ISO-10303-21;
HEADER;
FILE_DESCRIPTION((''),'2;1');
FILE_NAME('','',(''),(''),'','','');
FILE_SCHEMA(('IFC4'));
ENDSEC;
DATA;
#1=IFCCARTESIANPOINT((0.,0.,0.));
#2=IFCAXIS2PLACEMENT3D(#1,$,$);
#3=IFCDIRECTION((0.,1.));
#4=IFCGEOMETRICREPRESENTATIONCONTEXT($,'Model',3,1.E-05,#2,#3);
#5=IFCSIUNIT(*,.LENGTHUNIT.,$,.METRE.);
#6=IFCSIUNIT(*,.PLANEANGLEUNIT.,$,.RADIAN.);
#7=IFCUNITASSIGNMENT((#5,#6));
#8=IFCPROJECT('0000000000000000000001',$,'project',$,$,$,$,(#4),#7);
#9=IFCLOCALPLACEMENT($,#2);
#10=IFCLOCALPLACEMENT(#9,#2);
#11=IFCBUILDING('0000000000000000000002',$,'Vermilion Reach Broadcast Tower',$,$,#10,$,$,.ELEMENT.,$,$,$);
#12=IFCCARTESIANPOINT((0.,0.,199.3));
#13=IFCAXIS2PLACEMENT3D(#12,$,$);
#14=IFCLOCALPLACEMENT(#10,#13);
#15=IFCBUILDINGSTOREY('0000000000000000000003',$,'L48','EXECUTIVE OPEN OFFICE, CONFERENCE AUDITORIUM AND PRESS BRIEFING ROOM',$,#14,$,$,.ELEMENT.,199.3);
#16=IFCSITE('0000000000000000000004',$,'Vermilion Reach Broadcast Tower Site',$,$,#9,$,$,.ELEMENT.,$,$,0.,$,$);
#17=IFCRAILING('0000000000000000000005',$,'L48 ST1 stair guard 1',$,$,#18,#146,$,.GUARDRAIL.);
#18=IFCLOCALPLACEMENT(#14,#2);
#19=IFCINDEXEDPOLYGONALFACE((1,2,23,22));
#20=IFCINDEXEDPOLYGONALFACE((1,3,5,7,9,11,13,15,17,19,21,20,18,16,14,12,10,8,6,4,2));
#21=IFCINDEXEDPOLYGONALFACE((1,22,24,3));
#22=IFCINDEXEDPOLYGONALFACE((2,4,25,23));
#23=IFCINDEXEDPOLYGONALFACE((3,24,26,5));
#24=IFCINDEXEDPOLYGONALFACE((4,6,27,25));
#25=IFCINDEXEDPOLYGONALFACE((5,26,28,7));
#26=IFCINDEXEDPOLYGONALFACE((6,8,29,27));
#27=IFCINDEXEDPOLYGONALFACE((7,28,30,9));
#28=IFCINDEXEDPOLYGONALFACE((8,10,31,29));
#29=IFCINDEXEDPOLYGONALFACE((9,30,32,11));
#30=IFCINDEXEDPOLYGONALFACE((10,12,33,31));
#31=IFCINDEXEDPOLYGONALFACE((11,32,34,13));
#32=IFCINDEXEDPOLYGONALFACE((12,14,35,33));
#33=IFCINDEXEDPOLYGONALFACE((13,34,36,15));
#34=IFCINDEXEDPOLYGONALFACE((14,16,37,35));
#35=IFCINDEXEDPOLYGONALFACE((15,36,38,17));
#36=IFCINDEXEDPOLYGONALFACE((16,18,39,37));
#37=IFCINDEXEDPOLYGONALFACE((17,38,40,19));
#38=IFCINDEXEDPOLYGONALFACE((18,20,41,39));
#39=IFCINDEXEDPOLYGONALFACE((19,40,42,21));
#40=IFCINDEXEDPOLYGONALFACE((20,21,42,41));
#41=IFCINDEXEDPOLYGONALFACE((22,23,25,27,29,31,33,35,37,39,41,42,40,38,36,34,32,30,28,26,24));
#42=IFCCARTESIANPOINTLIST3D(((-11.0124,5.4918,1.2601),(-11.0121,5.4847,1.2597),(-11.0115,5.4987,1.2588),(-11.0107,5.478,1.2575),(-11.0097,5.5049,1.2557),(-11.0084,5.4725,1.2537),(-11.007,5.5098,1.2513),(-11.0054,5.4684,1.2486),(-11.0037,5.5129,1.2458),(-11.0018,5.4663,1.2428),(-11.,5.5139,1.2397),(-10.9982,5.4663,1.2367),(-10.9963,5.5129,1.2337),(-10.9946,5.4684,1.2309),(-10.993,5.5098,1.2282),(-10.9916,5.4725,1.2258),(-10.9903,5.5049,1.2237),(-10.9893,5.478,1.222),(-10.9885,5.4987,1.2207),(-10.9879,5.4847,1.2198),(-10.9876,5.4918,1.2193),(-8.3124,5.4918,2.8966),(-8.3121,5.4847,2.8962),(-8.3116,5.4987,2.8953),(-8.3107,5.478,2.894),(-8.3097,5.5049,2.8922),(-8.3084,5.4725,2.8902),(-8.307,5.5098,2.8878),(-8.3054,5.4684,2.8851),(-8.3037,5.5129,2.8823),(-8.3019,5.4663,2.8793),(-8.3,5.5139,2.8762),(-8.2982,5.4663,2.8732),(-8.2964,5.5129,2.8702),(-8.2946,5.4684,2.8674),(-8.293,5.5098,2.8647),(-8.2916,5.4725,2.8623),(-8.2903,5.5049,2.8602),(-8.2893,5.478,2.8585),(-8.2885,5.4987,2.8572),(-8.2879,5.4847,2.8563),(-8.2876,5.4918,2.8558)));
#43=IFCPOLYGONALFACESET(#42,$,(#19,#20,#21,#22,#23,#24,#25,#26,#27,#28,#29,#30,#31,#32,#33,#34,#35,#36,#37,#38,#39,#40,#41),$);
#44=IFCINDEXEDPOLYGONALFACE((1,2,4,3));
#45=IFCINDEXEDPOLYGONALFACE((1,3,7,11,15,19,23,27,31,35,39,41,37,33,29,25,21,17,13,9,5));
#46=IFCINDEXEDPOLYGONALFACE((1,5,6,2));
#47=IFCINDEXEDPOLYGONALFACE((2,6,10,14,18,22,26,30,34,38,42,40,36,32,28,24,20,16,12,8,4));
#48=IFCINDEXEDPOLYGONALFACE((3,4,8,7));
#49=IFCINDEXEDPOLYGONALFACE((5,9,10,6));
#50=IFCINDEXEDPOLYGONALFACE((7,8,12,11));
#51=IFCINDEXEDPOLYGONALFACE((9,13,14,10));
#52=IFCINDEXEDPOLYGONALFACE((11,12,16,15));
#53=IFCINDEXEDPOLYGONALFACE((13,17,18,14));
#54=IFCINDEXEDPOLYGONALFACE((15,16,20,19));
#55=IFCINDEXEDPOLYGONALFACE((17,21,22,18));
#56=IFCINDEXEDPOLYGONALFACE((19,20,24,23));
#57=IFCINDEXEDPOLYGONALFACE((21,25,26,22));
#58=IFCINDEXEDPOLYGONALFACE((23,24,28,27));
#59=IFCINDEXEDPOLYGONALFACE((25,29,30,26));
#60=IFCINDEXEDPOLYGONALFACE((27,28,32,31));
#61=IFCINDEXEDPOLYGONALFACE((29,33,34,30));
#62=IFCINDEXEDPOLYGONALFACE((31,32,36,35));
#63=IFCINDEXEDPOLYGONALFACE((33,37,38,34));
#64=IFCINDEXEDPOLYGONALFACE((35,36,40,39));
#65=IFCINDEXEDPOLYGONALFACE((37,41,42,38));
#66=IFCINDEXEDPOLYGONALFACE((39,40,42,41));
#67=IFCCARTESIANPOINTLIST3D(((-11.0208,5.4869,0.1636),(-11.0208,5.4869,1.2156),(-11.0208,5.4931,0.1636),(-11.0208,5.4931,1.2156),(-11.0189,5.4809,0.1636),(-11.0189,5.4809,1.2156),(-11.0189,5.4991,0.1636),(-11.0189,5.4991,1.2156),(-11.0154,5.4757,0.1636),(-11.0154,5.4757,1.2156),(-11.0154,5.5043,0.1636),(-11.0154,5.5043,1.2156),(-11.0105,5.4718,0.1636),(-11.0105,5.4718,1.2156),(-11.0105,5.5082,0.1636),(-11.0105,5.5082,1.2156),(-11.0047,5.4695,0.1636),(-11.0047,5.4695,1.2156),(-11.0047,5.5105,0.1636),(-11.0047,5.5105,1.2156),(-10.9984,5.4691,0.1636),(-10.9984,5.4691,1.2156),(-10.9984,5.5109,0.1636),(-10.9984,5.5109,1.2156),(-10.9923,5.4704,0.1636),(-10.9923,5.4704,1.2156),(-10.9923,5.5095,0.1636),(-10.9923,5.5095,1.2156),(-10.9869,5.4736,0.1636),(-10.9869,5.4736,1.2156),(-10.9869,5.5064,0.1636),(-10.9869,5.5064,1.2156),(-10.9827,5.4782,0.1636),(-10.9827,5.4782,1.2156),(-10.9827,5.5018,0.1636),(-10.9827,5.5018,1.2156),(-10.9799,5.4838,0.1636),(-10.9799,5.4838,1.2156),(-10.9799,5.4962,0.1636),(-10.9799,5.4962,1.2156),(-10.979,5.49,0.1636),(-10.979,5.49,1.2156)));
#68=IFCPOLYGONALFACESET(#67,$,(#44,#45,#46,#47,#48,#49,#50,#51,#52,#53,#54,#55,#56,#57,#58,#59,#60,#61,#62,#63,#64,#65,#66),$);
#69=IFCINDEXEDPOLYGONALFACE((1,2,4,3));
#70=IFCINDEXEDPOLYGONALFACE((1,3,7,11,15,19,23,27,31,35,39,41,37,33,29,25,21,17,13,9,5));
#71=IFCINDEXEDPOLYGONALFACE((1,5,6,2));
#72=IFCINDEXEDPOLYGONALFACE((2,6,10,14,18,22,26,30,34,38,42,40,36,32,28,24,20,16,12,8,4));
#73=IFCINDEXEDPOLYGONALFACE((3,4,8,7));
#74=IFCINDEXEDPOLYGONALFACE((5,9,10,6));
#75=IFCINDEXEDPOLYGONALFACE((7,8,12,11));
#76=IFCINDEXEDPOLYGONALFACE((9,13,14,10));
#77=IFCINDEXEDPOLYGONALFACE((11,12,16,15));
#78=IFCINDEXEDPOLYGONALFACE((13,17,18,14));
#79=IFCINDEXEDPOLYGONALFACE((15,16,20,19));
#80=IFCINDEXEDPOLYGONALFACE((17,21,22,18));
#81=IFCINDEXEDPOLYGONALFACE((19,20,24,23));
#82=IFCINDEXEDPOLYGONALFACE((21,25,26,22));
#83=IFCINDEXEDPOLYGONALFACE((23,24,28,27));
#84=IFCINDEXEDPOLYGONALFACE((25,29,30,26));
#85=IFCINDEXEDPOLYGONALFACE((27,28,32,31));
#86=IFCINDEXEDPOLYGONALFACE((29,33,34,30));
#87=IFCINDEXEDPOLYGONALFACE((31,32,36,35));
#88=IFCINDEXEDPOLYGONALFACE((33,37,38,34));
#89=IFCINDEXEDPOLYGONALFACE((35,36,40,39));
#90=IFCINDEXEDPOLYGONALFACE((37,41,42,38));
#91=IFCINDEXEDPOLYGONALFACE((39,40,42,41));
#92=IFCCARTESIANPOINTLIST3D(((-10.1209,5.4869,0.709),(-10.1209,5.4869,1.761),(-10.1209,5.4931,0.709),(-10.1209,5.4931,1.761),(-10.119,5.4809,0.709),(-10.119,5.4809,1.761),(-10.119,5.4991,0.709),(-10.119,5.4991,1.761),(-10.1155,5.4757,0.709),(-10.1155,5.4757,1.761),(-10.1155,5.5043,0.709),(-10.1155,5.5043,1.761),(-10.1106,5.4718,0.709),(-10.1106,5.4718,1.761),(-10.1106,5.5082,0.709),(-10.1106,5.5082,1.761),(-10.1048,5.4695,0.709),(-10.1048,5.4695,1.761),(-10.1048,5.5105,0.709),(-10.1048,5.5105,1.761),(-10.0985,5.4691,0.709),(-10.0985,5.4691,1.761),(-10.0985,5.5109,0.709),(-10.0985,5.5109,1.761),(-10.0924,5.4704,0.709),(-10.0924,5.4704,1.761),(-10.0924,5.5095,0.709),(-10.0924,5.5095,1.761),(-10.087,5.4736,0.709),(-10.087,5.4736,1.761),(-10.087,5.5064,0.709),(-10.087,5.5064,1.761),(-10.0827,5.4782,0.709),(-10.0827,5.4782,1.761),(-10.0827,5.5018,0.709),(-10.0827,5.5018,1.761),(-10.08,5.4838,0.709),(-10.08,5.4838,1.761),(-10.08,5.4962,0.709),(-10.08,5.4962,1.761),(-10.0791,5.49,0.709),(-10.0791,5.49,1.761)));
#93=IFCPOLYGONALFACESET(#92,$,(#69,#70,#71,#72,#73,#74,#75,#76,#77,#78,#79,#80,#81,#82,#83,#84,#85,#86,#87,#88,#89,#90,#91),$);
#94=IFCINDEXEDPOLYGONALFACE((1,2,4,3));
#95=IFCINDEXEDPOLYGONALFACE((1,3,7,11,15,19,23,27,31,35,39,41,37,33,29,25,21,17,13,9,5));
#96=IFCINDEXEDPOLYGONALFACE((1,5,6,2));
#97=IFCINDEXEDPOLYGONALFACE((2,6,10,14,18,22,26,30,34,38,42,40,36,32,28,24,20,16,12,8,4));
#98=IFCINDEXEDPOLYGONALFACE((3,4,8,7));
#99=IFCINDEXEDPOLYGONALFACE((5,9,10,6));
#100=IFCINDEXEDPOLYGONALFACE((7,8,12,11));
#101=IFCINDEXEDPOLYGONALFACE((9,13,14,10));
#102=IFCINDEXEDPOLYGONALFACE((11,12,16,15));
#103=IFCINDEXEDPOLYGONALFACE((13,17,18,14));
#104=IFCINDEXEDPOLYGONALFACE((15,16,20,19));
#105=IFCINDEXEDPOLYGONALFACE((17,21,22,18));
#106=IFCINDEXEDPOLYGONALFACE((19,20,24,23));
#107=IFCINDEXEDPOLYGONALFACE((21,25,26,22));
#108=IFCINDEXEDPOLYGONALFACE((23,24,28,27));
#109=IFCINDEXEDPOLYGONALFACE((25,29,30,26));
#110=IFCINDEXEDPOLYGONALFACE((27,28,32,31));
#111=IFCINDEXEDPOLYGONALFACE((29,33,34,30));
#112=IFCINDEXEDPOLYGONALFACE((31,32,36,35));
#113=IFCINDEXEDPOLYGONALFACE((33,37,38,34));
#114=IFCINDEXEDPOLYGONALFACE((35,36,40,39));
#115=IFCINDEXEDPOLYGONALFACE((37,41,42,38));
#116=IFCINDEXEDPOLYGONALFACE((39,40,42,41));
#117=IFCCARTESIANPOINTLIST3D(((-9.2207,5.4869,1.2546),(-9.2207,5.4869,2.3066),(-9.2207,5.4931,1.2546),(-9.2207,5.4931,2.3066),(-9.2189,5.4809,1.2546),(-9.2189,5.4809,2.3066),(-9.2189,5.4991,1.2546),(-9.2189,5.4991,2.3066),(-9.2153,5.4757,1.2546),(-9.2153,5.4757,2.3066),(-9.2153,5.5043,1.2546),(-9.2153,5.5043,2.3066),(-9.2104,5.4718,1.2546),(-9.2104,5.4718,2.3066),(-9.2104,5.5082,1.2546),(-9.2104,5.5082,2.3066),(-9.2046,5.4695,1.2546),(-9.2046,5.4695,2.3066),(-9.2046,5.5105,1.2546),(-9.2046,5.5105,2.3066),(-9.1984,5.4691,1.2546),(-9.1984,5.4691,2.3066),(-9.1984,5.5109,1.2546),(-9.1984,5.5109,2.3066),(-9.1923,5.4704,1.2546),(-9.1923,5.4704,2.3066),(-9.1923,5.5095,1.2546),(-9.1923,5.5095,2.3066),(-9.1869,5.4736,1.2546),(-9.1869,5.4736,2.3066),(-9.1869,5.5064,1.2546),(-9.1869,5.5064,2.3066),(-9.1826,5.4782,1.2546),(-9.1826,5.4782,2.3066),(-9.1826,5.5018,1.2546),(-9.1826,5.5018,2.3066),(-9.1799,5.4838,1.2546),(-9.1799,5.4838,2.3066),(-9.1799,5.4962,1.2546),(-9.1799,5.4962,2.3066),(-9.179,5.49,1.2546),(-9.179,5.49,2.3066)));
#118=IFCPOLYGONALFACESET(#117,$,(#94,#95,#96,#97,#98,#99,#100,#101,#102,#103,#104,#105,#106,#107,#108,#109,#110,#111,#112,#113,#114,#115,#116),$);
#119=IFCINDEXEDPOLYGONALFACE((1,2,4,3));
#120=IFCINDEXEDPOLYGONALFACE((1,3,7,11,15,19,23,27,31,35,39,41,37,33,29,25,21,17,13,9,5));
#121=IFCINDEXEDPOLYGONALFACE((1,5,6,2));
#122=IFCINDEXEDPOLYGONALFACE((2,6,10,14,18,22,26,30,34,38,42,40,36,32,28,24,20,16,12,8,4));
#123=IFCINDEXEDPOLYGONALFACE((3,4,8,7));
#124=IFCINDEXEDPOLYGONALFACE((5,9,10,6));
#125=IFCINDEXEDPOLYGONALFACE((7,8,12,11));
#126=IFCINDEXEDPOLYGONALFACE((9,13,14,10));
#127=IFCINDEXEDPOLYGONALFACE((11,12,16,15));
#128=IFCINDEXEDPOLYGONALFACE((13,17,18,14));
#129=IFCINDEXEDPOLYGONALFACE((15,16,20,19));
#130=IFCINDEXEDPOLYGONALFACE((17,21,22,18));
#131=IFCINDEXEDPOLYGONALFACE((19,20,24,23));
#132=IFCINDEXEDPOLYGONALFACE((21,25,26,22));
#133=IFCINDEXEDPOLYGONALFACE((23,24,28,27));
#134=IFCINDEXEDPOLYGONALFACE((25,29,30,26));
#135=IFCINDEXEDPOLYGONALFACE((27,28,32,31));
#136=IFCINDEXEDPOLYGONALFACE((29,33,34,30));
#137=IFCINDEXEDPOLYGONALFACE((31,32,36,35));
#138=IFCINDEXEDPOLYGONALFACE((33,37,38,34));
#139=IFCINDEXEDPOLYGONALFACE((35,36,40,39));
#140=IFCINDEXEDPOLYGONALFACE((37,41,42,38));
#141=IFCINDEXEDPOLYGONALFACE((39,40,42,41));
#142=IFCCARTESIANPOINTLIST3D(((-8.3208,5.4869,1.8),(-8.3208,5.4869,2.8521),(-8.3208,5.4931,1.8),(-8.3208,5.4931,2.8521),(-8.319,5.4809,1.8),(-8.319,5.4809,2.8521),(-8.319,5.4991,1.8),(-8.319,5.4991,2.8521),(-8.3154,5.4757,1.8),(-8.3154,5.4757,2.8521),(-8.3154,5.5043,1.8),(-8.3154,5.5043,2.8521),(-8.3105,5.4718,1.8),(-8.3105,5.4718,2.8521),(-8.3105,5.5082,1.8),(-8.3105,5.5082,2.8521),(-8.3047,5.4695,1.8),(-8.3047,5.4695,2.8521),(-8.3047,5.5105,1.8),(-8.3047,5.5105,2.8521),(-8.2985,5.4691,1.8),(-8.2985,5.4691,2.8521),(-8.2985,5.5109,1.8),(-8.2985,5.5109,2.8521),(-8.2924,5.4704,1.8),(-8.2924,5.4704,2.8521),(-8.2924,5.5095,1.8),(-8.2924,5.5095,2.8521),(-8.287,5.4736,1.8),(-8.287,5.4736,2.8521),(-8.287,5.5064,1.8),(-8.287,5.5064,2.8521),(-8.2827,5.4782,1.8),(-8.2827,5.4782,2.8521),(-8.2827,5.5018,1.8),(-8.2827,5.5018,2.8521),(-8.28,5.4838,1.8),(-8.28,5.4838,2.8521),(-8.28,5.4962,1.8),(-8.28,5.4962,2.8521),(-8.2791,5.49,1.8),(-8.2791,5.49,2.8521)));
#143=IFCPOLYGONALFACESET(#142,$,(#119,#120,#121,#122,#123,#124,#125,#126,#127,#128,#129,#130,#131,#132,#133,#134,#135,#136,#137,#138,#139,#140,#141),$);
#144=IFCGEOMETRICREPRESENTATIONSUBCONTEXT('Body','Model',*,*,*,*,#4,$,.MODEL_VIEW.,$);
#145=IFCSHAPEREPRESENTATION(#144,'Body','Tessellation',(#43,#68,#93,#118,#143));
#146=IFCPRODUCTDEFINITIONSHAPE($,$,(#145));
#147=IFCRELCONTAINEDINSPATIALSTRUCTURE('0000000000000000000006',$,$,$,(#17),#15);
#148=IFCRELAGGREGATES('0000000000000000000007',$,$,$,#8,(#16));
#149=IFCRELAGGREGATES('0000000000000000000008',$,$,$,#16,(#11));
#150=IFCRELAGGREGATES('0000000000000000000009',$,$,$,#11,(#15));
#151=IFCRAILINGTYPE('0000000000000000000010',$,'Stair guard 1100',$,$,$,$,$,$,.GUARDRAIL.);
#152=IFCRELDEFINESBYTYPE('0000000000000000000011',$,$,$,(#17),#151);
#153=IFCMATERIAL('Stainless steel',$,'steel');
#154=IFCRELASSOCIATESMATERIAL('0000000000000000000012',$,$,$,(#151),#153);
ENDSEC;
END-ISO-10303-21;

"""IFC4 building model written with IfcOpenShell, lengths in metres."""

from ifc_helpers import new_model, si_unit, direction, frame, origin, origin_2d, place, context, subcontext, project, spatial, circle, extrude, material, type_object, element, save


model = new_model("IFC4")

# Units and contexts
model_context = context("Model", 3, precision=1e-05, world=origin(), true_north=direction((0.0, 1.0)))
body_context = subcontext(model_context, "Body", "Model", "MODEL_VIEW")
ifc_project = project(units=[si_unit("LENGTHUNIT", "METRE"), si_unit("PLANEANGLEUNIT", "RADIAN")], contexts=[model_context])

# Site, building, storey
site_placement = place(None, origin())
site = spatial("IfcSite", under=ifc_project, at=site_placement, Name="Vermilion Reach Broadcast Tower Site", CompositionType="ELEMENT", RefElevation=0.0)
building_placement = place(site_placement, origin())
building = spatial("IfcBuilding", under=site, at=building_placement, Name="Vermilion Reach Broadcast Tower", CompositionType="ELEMENT")
storey_placement = place(building_placement, frame((0.0, 0.0, 199.3)))
storey = spatial("IfcBuildingStorey", under=building, at=storey_placement, Name="L48", Description="EXECUTIVE OPEN OFFICE, CONFERENCE AUDITORIUM AND PRESS BRIEFING ROOM", CompositionType="ELEMENT", Elevation=199.3)

# Railing
ifc_material_1 = material(Name="Stainless steel", Category="steel")
railing_type_1 = type_object("IfcRailingType", Name="Stair guard 1100", PredefinedType="GUARDRAIL", material=ifc_material_1)
railing_1_placement = place(storey_placement, frame((-11.0, 5.49, 0.1636)))
element("IfcRailing", 1, at=railing_1_placement, inside=storey, type_object=railing_type_1, Name="L48 ST1 stair guard 1", PredefinedType="GUARDRAIL", context=body_context, shape_type="SweptSolid", body=[
    extrude(circle(Radius=0.0239, at=origin_2d()), frame((0.0, 0.0, 1.0762), z_axis=(0.855178, 0.0, 0.518334), x_axis=(0.0, 1.0, 0.0)), (0.0, 0.0, 1.0), 3.1572),
    extrude(circle(Radius=0.021, at=origin_2d()), origin(), (0.0, 0.0, 1.0), 1.052),
    extrude(circle(Radius=0.021, at=origin_2d()), frame((0.8999, 0.0, 0.5454)), (0.0, 0.0, 1.0), 1.052),
    extrude(circle(Radius=0.021, at=origin_2d()), frame((1.8, 0.0, 1.0911)), (0.0, 0.0, 1.0), 1.052),
    extrude(circle(Radius=0.021, at=origin_2d()), frame((2.7, 0.0, 1.6365)), (0.0, 0.0, 1.0), 1.052),
])

save(model, "model.ifc")
